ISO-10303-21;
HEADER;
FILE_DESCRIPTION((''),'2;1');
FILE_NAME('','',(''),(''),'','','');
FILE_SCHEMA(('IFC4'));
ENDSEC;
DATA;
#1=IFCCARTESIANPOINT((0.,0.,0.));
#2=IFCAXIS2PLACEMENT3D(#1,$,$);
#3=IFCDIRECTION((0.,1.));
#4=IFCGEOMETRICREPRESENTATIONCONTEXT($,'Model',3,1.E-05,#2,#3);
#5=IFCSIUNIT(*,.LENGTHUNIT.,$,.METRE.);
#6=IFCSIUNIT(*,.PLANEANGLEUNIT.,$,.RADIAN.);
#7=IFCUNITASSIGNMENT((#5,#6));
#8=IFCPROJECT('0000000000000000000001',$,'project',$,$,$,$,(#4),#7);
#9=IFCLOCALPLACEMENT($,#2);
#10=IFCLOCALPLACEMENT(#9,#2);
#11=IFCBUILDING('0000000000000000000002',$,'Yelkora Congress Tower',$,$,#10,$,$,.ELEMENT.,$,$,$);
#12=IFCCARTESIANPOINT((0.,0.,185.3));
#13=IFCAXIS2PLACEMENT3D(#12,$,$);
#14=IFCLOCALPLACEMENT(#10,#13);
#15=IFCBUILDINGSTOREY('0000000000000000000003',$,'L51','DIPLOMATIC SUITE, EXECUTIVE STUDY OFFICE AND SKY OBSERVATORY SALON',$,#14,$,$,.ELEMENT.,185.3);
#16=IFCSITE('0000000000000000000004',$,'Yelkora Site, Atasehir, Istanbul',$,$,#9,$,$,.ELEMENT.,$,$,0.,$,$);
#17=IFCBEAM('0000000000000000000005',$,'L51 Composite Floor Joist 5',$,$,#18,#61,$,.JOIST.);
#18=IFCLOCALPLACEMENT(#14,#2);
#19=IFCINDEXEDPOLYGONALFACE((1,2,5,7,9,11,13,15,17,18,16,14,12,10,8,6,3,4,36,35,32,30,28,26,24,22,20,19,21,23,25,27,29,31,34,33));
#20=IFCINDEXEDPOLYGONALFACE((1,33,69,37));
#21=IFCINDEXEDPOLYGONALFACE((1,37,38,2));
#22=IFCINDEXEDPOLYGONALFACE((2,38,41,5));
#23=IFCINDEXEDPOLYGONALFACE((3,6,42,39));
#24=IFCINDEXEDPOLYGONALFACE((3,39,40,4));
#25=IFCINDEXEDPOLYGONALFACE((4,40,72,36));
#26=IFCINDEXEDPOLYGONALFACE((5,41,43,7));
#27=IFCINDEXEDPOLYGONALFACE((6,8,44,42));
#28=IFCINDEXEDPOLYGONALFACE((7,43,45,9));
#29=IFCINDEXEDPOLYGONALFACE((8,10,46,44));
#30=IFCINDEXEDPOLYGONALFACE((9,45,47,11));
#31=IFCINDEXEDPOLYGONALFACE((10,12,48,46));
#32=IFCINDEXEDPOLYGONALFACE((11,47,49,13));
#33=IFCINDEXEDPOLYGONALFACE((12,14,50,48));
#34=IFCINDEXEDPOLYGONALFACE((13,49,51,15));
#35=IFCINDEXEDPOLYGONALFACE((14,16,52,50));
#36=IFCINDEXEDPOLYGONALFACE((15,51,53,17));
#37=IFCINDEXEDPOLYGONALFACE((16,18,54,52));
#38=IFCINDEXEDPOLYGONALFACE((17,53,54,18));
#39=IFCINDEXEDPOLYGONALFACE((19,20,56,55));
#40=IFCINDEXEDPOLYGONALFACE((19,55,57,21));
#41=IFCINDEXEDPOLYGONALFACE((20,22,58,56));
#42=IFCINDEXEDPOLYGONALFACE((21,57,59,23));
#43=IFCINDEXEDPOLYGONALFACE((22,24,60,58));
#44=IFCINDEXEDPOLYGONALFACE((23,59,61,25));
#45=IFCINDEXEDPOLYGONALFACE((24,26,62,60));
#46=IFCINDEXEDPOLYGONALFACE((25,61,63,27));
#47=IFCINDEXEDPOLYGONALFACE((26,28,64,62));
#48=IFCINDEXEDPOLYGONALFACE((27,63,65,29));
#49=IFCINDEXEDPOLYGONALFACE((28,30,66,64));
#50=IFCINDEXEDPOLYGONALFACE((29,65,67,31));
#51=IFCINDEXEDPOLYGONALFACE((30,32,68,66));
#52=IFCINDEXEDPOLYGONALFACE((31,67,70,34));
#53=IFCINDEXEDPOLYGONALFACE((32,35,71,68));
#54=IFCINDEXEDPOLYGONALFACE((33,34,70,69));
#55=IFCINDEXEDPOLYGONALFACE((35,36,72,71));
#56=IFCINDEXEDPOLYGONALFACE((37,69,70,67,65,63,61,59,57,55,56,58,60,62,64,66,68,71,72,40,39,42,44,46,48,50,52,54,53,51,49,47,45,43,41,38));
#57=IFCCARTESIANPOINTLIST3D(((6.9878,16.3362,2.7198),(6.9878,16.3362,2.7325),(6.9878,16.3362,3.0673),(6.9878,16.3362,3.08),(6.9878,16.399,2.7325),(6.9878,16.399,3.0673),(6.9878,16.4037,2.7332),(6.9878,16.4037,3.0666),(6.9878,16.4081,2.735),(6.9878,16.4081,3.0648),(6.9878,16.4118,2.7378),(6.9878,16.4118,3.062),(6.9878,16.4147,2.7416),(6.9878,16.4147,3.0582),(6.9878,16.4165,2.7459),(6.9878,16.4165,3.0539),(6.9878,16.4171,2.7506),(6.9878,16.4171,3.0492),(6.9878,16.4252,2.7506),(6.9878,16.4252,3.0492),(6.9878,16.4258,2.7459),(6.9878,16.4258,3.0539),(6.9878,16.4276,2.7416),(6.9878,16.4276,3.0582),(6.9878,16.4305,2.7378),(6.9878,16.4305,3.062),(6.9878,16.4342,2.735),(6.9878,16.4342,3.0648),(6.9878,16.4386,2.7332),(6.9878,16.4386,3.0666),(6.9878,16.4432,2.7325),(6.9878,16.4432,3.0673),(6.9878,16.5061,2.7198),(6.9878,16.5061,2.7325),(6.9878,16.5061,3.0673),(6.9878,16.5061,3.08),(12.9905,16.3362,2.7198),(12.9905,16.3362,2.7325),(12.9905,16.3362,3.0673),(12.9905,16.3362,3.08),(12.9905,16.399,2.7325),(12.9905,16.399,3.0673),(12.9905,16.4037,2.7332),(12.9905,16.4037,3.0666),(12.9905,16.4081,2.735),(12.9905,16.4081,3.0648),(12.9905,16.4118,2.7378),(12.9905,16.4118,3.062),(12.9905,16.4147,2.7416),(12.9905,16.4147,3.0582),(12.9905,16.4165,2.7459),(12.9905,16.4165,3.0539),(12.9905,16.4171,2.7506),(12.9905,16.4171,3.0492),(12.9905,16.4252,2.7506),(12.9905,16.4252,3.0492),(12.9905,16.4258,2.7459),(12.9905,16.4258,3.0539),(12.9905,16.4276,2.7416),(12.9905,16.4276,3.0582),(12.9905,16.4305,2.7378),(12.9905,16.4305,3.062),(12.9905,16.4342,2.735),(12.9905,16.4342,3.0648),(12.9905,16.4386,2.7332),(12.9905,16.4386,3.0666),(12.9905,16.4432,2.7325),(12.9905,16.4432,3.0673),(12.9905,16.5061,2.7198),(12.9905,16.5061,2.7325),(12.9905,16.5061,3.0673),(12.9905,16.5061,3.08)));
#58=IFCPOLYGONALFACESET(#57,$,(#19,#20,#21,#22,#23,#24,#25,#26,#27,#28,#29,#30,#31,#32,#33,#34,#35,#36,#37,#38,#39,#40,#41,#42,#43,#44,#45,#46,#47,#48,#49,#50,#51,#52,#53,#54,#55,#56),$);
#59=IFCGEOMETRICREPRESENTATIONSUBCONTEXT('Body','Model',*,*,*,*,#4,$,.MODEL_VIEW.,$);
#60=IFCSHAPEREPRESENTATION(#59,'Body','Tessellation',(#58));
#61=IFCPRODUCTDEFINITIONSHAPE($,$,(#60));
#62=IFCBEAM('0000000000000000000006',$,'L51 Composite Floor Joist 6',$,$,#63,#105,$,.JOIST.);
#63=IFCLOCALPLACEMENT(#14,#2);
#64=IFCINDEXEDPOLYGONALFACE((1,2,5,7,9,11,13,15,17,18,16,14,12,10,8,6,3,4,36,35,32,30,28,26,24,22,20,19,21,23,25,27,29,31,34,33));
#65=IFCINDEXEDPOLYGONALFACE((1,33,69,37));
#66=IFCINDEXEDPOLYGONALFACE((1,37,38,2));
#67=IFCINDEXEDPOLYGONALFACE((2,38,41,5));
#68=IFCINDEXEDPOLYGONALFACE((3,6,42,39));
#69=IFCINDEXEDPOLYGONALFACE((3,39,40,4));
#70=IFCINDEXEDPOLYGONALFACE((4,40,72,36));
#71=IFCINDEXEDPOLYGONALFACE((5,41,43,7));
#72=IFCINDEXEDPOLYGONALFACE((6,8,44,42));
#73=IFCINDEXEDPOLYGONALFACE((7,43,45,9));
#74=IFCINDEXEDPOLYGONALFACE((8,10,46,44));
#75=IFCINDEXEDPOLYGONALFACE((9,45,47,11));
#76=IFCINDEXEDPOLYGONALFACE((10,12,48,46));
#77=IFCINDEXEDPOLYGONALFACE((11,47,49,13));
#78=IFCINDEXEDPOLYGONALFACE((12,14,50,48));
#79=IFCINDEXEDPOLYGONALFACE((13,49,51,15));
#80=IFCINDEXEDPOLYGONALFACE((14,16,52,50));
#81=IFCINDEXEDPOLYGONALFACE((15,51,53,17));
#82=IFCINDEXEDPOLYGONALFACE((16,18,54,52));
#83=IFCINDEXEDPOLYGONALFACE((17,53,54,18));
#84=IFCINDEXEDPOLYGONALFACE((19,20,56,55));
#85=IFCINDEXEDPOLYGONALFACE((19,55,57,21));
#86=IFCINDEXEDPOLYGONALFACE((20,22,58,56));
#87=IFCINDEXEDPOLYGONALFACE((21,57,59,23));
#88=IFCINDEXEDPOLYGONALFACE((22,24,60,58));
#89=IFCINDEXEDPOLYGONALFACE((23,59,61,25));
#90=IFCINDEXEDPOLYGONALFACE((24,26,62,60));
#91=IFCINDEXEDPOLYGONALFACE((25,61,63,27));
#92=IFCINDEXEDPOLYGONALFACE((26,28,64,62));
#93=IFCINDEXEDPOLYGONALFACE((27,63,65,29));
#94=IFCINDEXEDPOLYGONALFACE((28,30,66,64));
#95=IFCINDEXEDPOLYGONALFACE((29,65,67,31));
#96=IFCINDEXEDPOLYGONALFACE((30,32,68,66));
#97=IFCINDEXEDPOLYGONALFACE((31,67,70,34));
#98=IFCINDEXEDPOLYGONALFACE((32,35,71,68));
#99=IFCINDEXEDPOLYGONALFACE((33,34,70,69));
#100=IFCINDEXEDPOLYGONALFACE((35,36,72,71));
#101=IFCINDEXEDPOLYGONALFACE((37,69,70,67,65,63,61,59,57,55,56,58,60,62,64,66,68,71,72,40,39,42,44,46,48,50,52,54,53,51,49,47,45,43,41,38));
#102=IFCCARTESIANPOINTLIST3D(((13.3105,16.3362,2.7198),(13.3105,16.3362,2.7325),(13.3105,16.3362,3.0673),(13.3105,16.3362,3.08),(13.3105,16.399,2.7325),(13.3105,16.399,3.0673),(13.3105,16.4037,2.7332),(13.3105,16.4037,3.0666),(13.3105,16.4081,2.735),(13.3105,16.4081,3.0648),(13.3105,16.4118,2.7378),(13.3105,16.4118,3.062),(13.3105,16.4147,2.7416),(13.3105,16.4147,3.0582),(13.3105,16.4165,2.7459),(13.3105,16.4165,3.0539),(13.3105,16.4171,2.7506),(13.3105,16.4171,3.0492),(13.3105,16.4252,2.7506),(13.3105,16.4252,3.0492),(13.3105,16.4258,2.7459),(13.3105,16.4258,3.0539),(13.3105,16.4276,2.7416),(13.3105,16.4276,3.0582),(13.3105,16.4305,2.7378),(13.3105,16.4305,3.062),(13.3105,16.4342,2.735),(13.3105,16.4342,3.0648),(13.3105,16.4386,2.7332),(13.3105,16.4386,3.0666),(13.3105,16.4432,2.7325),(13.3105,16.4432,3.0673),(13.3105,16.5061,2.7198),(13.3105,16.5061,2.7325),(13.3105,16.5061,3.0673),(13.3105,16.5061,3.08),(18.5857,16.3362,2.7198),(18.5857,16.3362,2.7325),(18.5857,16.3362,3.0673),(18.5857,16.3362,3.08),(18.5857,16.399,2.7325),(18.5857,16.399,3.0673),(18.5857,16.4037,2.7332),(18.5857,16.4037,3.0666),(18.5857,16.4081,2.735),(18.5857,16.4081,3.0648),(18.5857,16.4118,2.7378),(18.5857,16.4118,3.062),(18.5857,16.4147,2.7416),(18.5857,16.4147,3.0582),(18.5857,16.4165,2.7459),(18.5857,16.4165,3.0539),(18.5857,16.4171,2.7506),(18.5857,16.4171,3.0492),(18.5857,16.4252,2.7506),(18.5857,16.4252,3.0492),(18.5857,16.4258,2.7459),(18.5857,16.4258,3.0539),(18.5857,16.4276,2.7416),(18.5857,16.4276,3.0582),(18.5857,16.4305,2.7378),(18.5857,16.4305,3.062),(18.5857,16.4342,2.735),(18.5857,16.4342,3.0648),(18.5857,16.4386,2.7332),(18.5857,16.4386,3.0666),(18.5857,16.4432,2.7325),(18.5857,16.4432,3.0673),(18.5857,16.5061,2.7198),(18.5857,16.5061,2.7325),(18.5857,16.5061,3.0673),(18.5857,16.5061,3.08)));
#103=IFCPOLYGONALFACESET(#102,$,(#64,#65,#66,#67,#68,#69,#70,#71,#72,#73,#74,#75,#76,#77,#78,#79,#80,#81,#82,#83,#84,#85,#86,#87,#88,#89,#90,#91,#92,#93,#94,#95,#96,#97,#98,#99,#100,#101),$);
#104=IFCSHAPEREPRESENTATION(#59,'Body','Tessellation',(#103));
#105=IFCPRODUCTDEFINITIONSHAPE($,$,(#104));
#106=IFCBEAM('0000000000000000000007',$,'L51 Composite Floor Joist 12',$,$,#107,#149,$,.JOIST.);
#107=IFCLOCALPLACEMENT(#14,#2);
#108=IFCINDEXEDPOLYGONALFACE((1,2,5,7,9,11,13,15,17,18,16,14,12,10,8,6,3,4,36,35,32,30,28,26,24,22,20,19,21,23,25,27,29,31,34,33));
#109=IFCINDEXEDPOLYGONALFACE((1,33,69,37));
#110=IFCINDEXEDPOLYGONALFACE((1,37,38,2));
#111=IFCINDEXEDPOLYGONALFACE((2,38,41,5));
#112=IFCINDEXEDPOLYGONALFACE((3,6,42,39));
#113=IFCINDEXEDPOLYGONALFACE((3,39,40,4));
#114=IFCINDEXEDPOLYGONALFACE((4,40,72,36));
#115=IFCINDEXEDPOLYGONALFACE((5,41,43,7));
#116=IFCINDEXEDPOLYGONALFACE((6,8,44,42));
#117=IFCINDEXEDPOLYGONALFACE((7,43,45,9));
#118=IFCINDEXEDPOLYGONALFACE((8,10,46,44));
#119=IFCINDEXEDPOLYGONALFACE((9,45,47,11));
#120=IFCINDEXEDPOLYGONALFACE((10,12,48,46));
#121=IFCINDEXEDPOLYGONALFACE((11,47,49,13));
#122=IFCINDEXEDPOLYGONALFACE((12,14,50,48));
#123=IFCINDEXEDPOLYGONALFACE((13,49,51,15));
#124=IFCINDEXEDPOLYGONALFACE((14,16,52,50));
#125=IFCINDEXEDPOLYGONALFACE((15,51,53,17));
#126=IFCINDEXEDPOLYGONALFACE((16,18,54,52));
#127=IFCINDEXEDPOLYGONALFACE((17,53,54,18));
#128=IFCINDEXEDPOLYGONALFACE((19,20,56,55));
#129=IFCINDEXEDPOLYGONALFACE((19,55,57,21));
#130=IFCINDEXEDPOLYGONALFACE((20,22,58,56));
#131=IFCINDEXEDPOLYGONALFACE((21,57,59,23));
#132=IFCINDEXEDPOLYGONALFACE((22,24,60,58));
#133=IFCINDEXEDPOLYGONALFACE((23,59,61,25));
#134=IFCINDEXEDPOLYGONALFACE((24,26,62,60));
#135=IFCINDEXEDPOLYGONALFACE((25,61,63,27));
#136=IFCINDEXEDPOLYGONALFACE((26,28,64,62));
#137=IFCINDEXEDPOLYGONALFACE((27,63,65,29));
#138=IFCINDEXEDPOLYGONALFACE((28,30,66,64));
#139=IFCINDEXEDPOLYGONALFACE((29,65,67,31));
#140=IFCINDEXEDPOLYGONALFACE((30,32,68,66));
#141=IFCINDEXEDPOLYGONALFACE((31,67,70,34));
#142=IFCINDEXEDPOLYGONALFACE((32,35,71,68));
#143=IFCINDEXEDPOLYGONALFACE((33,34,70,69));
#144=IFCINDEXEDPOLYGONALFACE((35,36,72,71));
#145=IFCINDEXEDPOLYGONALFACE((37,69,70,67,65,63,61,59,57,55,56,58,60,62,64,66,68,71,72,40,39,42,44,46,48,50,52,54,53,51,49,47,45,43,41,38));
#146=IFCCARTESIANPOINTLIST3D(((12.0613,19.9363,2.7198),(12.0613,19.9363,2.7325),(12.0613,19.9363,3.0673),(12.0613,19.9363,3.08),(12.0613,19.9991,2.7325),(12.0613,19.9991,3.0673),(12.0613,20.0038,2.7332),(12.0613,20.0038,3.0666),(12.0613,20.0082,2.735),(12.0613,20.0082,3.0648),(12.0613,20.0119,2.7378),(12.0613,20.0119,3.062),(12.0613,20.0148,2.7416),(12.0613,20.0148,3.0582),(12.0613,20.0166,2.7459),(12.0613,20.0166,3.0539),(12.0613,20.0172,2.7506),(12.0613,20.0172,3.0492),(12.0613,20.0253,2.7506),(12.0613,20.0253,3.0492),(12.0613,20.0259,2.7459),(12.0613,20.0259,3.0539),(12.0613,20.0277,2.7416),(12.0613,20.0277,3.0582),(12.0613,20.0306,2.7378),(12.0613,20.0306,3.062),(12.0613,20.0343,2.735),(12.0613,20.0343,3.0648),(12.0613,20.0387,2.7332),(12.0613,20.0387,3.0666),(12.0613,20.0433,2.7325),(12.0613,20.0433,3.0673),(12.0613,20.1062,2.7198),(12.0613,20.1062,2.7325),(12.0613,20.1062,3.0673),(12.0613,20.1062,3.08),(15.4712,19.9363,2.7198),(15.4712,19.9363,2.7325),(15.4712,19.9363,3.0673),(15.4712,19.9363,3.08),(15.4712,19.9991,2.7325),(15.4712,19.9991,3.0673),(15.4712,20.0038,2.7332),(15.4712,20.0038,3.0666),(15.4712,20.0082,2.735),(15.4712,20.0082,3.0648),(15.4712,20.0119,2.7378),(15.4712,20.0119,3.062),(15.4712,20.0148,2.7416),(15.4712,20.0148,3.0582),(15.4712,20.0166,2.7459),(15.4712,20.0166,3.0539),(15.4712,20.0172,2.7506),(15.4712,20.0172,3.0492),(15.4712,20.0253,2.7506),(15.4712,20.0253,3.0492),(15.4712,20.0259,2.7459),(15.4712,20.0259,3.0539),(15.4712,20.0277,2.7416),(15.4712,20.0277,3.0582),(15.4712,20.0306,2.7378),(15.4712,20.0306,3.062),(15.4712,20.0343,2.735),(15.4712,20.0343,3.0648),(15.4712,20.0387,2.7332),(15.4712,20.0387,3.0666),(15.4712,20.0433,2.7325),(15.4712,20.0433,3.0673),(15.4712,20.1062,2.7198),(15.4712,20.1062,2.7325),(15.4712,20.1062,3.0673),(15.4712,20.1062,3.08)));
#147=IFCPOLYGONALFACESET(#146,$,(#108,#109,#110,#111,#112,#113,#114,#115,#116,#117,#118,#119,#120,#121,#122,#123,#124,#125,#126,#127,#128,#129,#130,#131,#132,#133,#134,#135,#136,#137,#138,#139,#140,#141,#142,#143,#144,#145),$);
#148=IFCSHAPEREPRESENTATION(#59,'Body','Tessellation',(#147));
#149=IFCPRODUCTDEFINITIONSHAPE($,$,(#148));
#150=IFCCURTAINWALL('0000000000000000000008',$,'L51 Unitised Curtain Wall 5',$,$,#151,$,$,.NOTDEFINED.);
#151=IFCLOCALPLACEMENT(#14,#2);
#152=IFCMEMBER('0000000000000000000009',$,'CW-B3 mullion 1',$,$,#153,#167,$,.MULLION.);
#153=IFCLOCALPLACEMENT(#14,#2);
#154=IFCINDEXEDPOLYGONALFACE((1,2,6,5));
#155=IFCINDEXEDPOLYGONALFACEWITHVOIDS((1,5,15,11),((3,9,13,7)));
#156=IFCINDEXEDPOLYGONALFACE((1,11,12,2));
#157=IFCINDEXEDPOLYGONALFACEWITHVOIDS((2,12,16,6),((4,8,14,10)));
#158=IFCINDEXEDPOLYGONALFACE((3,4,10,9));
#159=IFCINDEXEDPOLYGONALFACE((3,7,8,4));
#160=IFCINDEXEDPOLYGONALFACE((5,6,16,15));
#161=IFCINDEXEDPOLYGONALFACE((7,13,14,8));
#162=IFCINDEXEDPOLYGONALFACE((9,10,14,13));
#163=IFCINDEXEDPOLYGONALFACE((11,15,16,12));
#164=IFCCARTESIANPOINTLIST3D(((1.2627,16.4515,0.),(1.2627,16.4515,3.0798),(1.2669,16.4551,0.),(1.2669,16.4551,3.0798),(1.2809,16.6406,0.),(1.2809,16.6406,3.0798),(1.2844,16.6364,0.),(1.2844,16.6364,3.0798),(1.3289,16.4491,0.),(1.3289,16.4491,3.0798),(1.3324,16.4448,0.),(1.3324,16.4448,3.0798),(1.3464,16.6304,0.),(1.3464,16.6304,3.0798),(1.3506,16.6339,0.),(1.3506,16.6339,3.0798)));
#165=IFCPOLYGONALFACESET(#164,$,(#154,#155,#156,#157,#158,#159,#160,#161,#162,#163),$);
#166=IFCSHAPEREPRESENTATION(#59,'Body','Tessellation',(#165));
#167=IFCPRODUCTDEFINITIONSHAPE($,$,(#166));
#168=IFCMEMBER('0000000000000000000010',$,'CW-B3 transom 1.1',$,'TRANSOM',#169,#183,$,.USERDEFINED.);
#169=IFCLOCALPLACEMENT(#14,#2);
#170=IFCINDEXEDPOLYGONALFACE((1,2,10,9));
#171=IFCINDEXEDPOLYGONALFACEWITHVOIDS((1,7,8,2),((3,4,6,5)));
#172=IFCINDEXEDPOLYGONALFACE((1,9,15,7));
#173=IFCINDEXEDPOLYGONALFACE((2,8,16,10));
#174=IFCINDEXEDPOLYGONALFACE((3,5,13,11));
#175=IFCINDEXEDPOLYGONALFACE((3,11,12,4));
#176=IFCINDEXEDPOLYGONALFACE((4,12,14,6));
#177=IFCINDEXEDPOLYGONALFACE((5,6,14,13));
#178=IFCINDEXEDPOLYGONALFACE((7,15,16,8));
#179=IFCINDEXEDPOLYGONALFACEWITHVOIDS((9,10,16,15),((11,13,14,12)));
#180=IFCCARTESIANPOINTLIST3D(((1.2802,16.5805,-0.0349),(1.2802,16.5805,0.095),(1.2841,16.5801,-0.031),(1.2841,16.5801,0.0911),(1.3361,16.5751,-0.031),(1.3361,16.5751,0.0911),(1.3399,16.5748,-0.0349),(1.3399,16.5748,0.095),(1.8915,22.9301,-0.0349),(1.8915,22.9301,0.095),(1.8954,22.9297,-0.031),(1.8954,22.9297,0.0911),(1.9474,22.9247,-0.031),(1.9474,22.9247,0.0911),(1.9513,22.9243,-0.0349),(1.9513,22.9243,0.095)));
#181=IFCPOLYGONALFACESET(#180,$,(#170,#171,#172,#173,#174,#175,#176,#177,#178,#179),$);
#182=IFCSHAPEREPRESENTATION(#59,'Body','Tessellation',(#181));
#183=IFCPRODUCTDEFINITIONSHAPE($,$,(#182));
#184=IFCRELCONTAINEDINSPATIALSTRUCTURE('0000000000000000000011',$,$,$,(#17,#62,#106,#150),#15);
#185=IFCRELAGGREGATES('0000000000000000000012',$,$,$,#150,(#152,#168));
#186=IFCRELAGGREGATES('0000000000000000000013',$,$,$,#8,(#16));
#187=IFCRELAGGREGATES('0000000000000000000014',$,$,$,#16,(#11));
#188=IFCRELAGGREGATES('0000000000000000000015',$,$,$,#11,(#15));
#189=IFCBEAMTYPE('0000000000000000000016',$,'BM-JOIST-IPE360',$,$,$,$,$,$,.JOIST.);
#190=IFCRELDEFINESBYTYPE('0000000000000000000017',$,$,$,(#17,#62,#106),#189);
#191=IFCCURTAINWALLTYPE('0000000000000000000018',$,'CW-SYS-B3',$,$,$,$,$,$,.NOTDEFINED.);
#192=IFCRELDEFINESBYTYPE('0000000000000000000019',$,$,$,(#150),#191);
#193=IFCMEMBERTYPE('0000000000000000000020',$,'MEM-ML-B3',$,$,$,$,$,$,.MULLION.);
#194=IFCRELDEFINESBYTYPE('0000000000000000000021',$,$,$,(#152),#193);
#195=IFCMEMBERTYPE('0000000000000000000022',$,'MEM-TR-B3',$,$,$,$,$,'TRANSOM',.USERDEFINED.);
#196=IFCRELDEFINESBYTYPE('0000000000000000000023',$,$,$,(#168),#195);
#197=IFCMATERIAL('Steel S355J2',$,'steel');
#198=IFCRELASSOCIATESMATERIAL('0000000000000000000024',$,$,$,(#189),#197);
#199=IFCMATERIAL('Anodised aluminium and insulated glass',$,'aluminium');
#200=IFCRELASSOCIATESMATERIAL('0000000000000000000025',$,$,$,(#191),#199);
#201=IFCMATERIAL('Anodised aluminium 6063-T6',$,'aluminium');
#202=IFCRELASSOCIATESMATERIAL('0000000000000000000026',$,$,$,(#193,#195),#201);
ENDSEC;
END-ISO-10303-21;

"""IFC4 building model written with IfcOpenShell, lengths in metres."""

from ifc_helpers import new_model, si_unit, direction, frame, origin, origin_2d, place, context, subcontext, project, spatial, hollow_rectangle, i_section, extrude, material, material_profile, profile_set, type_object, element, aggregate, save


model = new_model("IFC4")

# Units and contexts
model_context = context("Model", 3, precision=1e-05, world=origin(), true_north=direction((0.0, 1.0)))
body_context = subcontext(model_context, "Body", "Model", "MODEL_VIEW")
ifc_project = project(units=[si_unit("LENGTHUNIT", "METRE"), si_unit("PLANEANGLEUNIT", "RADIAN")], contexts=[model_context])

# Site, building, storey
site_placement = place(None, origin())
site = spatial("IfcSite", under=ifc_project, at=site_placement, Name="Yelkora Site, Atasehir, Istanbul", CompositionType="ELEMENT", RefElevation=0.0)
building_placement = place(site_placement, origin())
building = spatial("IfcBuilding", under=site, at=building_placement, Name="Yelkora Congress Tower", CompositionType="ELEMENT")
storey_placement = place(building_placement, frame((0.0, 0.0, 185.3)))
storey = spatial("IfcBuildingStorey", under=building, at=storey_placement, Name="L51", Description="DIPLOMATIC SUITE, EXECUTIVE STUDY OFFICE AND SKY OBSERVATORY SALON", CompositionType="ELEMENT", Elevation=185.3)

# Beams
ifc_material_1 = material(Name="Steel S355J2", Category="steel")
ifc_material_profile_1 = material_profile(ifc_material_1, i_section(OverallWidth=0.1699, OverallDepth=0.3601, WebThickness=0.0081, FlangeThickness=0.0127, FilletRadius=0.0181, at=origin_2d()), Name="IPE 360")
ifc_profile_set_1 = profile_set([ifc_material_profile_1], Name="Steel S355J2")
beam_type = type_object("IfcBeamType", Name="BM-JOIST-IPE360", PredefinedType="JOIST", material=ifc_profile_set_1)
beam_1_placement = place(storey_placement, frame((6.9878, 16.4211, 2.8999), z_axis=(1.0, 0.0, 0.0), x_axis=(0.0, 1.0, 0.0)))
element("IfcBeam", 1, at=beam_1_placement, inside=storey, type_object=beam_type, Name="L51 Composite Floor Joist 5", PredefinedType="JOIST", context=body_context, shape_type="SweptSolid", body=[
    extrude(i_section(OverallWidth=0.1699, OverallDepth=0.3601, WebThickness=0.0081, FlangeThickness=0.0127, FilletRadius=0.0181, at=origin_2d()), origin(), (0.0, 0.0, 1.0), 6.0027),
])
beam_2_placement = place(storey_placement, frame((13.3105, 16.4211, 2.8999), z_axis=(1.0, 0.0, 0.0), x_axis=(0.0, 1.0, 0.0)))
element("IfcBeam", 2, at=beam_2_placement, inside=storey, type_object=beam_type, Name="L51 Composite Floor Joist 6", PredefinedType="JOIST", context=body_context, shape_type="SweptSolid", body=[
    extrude(i_section(OverallWidth=0.1699, OverallDepth=0.3601, WebThickness=0.0081, FlangeThickness=0.0127, FilletRadius=0.0181, at=origin_2d()), origin(), (0.0, 0.0, 1.0), 5.2751),
])
beam_3_placement = place(storey_placement, frame((12.0613, 20.0212, 2.8999), z_axis=(1.0, 0.0, 0.0), x_axis=(0.0, 1.0, 0.0)))
element("IfcBeam", 3, at=beam_3_placement, inside=storey, type_object=beam_type, Name="L51 Composite Floor Joist 12", PredefinedType="JOIST", context=body_context, shape_type="SweptSolid", body=[
    extrude(i_section(OverallWidth=0.1699, OverallDepth=0.3601, WebThickness=0.0081, FlangeThickness=0.0127, FilletRadius=0.0181, at=origin_2d()), origin(), (0.0, 0.0, 1.0), 3.4099),
])

# Curtain wall, members
ifc_material_2 = material(Name="Anodised aluminium and insulated glass", Category="aluminium")
curtain_wall_type = type_object("IfcCurtainWallType", Name="CW-SYS-B3", PredefinedType="NOTDEFINED", material=ifc_material_2)
curtain_wall_placement = place(storey_placement, origin())
curtain_wall = element("IfcCurtainWall", 4, at=curtain_wall_placement, inside=storey, type_object=curtain_wall_type, Name="L51 Unitised Curtain Wall 5", PredefinedType="NOTDEFINED")
ifc_material_3 = material(Name="Anodised aluminium 6063-T6", Category="aluminium")
ifc_material_profile_2 = material_profile(ifc_material_3, hollow_rectangle(XDim=0.0701, YDim=0.1899, WallThickness=0.0039, at=origin_2d()), Name="ALU 70x190x4")
ifc_profile_set_2 = profile_set([ifc_material_profile_2], Name="Anodised aluminium 6063-T6")
member_type_1 = type_object("IfcMemberType", Name="MEM-ML-B3", PredefinedType="MULLION", material=ifc_profile_set_2)
member_1_placement = place(storey_placement, frame((1.3066, 16.5427, 0.0), z_axis=(0.0, 0.0, 1.0), x_axis=(-0.995396, 0.095845, 0.0)))
member_1 = element("IfcMember", 5, at=member_1_placement, type_object=member_type_1, Name="CW-B3 mullion 1", PredefinedType="MULLION", context=body_context, shape_type="SweptSolid", body=[
    extrude(hollow_rectangle(XDim=0.0701, YDim=0.1899, WallThickness=0.0039, at=origin_2d()), origin(), (0.0, 0.0, 1.0), 3.0798),
])
ifc_material_profile_3 = material_profile(ifc_material_3, hollow_rectangle(XDim=0.0601, YDim=0.1299, WallThickness=0.0039, at=origin_2d()), Name="ALU 60x130x4")
ifc_profile_set_3 = profile_set([ifc_material_profile_3], Name="Anodised aluminium 6063-T6")
member_type_2 = type_object("IfcMemberType", Name="MEM-TR-B3", ElementType="TRANSOM", PredefinedType="USERDEFINED", material=ifc_profile_set_3)
member_2_placement = place(storey_placement, frame((1.3101, 16.5776, 0.03), z_axis=(0.095835, 0.995397, 0.0), x_axis=(-0.995397, 0.095835, 0.0)))
member_2 = element("IfcMember", 6, at=member_2_placement, type_object=member_type_2, Name="CW-B3 transom 1.1", ObjectType="TRANSOM", PredefinedType="USERDEFINED", context=body_context, shape_type="SweptSolid", body=[
    extrude(hollow_rectangle(XDim=0.0601, YDim=0.1299, WallThickness=0.0039, at=origin_2d()), origin(), (0.0, 0.0, 1.0), 6.3789),
])
aggregate(curtain_wall, [member_1, member_2])

save(model, "model.ifc")
